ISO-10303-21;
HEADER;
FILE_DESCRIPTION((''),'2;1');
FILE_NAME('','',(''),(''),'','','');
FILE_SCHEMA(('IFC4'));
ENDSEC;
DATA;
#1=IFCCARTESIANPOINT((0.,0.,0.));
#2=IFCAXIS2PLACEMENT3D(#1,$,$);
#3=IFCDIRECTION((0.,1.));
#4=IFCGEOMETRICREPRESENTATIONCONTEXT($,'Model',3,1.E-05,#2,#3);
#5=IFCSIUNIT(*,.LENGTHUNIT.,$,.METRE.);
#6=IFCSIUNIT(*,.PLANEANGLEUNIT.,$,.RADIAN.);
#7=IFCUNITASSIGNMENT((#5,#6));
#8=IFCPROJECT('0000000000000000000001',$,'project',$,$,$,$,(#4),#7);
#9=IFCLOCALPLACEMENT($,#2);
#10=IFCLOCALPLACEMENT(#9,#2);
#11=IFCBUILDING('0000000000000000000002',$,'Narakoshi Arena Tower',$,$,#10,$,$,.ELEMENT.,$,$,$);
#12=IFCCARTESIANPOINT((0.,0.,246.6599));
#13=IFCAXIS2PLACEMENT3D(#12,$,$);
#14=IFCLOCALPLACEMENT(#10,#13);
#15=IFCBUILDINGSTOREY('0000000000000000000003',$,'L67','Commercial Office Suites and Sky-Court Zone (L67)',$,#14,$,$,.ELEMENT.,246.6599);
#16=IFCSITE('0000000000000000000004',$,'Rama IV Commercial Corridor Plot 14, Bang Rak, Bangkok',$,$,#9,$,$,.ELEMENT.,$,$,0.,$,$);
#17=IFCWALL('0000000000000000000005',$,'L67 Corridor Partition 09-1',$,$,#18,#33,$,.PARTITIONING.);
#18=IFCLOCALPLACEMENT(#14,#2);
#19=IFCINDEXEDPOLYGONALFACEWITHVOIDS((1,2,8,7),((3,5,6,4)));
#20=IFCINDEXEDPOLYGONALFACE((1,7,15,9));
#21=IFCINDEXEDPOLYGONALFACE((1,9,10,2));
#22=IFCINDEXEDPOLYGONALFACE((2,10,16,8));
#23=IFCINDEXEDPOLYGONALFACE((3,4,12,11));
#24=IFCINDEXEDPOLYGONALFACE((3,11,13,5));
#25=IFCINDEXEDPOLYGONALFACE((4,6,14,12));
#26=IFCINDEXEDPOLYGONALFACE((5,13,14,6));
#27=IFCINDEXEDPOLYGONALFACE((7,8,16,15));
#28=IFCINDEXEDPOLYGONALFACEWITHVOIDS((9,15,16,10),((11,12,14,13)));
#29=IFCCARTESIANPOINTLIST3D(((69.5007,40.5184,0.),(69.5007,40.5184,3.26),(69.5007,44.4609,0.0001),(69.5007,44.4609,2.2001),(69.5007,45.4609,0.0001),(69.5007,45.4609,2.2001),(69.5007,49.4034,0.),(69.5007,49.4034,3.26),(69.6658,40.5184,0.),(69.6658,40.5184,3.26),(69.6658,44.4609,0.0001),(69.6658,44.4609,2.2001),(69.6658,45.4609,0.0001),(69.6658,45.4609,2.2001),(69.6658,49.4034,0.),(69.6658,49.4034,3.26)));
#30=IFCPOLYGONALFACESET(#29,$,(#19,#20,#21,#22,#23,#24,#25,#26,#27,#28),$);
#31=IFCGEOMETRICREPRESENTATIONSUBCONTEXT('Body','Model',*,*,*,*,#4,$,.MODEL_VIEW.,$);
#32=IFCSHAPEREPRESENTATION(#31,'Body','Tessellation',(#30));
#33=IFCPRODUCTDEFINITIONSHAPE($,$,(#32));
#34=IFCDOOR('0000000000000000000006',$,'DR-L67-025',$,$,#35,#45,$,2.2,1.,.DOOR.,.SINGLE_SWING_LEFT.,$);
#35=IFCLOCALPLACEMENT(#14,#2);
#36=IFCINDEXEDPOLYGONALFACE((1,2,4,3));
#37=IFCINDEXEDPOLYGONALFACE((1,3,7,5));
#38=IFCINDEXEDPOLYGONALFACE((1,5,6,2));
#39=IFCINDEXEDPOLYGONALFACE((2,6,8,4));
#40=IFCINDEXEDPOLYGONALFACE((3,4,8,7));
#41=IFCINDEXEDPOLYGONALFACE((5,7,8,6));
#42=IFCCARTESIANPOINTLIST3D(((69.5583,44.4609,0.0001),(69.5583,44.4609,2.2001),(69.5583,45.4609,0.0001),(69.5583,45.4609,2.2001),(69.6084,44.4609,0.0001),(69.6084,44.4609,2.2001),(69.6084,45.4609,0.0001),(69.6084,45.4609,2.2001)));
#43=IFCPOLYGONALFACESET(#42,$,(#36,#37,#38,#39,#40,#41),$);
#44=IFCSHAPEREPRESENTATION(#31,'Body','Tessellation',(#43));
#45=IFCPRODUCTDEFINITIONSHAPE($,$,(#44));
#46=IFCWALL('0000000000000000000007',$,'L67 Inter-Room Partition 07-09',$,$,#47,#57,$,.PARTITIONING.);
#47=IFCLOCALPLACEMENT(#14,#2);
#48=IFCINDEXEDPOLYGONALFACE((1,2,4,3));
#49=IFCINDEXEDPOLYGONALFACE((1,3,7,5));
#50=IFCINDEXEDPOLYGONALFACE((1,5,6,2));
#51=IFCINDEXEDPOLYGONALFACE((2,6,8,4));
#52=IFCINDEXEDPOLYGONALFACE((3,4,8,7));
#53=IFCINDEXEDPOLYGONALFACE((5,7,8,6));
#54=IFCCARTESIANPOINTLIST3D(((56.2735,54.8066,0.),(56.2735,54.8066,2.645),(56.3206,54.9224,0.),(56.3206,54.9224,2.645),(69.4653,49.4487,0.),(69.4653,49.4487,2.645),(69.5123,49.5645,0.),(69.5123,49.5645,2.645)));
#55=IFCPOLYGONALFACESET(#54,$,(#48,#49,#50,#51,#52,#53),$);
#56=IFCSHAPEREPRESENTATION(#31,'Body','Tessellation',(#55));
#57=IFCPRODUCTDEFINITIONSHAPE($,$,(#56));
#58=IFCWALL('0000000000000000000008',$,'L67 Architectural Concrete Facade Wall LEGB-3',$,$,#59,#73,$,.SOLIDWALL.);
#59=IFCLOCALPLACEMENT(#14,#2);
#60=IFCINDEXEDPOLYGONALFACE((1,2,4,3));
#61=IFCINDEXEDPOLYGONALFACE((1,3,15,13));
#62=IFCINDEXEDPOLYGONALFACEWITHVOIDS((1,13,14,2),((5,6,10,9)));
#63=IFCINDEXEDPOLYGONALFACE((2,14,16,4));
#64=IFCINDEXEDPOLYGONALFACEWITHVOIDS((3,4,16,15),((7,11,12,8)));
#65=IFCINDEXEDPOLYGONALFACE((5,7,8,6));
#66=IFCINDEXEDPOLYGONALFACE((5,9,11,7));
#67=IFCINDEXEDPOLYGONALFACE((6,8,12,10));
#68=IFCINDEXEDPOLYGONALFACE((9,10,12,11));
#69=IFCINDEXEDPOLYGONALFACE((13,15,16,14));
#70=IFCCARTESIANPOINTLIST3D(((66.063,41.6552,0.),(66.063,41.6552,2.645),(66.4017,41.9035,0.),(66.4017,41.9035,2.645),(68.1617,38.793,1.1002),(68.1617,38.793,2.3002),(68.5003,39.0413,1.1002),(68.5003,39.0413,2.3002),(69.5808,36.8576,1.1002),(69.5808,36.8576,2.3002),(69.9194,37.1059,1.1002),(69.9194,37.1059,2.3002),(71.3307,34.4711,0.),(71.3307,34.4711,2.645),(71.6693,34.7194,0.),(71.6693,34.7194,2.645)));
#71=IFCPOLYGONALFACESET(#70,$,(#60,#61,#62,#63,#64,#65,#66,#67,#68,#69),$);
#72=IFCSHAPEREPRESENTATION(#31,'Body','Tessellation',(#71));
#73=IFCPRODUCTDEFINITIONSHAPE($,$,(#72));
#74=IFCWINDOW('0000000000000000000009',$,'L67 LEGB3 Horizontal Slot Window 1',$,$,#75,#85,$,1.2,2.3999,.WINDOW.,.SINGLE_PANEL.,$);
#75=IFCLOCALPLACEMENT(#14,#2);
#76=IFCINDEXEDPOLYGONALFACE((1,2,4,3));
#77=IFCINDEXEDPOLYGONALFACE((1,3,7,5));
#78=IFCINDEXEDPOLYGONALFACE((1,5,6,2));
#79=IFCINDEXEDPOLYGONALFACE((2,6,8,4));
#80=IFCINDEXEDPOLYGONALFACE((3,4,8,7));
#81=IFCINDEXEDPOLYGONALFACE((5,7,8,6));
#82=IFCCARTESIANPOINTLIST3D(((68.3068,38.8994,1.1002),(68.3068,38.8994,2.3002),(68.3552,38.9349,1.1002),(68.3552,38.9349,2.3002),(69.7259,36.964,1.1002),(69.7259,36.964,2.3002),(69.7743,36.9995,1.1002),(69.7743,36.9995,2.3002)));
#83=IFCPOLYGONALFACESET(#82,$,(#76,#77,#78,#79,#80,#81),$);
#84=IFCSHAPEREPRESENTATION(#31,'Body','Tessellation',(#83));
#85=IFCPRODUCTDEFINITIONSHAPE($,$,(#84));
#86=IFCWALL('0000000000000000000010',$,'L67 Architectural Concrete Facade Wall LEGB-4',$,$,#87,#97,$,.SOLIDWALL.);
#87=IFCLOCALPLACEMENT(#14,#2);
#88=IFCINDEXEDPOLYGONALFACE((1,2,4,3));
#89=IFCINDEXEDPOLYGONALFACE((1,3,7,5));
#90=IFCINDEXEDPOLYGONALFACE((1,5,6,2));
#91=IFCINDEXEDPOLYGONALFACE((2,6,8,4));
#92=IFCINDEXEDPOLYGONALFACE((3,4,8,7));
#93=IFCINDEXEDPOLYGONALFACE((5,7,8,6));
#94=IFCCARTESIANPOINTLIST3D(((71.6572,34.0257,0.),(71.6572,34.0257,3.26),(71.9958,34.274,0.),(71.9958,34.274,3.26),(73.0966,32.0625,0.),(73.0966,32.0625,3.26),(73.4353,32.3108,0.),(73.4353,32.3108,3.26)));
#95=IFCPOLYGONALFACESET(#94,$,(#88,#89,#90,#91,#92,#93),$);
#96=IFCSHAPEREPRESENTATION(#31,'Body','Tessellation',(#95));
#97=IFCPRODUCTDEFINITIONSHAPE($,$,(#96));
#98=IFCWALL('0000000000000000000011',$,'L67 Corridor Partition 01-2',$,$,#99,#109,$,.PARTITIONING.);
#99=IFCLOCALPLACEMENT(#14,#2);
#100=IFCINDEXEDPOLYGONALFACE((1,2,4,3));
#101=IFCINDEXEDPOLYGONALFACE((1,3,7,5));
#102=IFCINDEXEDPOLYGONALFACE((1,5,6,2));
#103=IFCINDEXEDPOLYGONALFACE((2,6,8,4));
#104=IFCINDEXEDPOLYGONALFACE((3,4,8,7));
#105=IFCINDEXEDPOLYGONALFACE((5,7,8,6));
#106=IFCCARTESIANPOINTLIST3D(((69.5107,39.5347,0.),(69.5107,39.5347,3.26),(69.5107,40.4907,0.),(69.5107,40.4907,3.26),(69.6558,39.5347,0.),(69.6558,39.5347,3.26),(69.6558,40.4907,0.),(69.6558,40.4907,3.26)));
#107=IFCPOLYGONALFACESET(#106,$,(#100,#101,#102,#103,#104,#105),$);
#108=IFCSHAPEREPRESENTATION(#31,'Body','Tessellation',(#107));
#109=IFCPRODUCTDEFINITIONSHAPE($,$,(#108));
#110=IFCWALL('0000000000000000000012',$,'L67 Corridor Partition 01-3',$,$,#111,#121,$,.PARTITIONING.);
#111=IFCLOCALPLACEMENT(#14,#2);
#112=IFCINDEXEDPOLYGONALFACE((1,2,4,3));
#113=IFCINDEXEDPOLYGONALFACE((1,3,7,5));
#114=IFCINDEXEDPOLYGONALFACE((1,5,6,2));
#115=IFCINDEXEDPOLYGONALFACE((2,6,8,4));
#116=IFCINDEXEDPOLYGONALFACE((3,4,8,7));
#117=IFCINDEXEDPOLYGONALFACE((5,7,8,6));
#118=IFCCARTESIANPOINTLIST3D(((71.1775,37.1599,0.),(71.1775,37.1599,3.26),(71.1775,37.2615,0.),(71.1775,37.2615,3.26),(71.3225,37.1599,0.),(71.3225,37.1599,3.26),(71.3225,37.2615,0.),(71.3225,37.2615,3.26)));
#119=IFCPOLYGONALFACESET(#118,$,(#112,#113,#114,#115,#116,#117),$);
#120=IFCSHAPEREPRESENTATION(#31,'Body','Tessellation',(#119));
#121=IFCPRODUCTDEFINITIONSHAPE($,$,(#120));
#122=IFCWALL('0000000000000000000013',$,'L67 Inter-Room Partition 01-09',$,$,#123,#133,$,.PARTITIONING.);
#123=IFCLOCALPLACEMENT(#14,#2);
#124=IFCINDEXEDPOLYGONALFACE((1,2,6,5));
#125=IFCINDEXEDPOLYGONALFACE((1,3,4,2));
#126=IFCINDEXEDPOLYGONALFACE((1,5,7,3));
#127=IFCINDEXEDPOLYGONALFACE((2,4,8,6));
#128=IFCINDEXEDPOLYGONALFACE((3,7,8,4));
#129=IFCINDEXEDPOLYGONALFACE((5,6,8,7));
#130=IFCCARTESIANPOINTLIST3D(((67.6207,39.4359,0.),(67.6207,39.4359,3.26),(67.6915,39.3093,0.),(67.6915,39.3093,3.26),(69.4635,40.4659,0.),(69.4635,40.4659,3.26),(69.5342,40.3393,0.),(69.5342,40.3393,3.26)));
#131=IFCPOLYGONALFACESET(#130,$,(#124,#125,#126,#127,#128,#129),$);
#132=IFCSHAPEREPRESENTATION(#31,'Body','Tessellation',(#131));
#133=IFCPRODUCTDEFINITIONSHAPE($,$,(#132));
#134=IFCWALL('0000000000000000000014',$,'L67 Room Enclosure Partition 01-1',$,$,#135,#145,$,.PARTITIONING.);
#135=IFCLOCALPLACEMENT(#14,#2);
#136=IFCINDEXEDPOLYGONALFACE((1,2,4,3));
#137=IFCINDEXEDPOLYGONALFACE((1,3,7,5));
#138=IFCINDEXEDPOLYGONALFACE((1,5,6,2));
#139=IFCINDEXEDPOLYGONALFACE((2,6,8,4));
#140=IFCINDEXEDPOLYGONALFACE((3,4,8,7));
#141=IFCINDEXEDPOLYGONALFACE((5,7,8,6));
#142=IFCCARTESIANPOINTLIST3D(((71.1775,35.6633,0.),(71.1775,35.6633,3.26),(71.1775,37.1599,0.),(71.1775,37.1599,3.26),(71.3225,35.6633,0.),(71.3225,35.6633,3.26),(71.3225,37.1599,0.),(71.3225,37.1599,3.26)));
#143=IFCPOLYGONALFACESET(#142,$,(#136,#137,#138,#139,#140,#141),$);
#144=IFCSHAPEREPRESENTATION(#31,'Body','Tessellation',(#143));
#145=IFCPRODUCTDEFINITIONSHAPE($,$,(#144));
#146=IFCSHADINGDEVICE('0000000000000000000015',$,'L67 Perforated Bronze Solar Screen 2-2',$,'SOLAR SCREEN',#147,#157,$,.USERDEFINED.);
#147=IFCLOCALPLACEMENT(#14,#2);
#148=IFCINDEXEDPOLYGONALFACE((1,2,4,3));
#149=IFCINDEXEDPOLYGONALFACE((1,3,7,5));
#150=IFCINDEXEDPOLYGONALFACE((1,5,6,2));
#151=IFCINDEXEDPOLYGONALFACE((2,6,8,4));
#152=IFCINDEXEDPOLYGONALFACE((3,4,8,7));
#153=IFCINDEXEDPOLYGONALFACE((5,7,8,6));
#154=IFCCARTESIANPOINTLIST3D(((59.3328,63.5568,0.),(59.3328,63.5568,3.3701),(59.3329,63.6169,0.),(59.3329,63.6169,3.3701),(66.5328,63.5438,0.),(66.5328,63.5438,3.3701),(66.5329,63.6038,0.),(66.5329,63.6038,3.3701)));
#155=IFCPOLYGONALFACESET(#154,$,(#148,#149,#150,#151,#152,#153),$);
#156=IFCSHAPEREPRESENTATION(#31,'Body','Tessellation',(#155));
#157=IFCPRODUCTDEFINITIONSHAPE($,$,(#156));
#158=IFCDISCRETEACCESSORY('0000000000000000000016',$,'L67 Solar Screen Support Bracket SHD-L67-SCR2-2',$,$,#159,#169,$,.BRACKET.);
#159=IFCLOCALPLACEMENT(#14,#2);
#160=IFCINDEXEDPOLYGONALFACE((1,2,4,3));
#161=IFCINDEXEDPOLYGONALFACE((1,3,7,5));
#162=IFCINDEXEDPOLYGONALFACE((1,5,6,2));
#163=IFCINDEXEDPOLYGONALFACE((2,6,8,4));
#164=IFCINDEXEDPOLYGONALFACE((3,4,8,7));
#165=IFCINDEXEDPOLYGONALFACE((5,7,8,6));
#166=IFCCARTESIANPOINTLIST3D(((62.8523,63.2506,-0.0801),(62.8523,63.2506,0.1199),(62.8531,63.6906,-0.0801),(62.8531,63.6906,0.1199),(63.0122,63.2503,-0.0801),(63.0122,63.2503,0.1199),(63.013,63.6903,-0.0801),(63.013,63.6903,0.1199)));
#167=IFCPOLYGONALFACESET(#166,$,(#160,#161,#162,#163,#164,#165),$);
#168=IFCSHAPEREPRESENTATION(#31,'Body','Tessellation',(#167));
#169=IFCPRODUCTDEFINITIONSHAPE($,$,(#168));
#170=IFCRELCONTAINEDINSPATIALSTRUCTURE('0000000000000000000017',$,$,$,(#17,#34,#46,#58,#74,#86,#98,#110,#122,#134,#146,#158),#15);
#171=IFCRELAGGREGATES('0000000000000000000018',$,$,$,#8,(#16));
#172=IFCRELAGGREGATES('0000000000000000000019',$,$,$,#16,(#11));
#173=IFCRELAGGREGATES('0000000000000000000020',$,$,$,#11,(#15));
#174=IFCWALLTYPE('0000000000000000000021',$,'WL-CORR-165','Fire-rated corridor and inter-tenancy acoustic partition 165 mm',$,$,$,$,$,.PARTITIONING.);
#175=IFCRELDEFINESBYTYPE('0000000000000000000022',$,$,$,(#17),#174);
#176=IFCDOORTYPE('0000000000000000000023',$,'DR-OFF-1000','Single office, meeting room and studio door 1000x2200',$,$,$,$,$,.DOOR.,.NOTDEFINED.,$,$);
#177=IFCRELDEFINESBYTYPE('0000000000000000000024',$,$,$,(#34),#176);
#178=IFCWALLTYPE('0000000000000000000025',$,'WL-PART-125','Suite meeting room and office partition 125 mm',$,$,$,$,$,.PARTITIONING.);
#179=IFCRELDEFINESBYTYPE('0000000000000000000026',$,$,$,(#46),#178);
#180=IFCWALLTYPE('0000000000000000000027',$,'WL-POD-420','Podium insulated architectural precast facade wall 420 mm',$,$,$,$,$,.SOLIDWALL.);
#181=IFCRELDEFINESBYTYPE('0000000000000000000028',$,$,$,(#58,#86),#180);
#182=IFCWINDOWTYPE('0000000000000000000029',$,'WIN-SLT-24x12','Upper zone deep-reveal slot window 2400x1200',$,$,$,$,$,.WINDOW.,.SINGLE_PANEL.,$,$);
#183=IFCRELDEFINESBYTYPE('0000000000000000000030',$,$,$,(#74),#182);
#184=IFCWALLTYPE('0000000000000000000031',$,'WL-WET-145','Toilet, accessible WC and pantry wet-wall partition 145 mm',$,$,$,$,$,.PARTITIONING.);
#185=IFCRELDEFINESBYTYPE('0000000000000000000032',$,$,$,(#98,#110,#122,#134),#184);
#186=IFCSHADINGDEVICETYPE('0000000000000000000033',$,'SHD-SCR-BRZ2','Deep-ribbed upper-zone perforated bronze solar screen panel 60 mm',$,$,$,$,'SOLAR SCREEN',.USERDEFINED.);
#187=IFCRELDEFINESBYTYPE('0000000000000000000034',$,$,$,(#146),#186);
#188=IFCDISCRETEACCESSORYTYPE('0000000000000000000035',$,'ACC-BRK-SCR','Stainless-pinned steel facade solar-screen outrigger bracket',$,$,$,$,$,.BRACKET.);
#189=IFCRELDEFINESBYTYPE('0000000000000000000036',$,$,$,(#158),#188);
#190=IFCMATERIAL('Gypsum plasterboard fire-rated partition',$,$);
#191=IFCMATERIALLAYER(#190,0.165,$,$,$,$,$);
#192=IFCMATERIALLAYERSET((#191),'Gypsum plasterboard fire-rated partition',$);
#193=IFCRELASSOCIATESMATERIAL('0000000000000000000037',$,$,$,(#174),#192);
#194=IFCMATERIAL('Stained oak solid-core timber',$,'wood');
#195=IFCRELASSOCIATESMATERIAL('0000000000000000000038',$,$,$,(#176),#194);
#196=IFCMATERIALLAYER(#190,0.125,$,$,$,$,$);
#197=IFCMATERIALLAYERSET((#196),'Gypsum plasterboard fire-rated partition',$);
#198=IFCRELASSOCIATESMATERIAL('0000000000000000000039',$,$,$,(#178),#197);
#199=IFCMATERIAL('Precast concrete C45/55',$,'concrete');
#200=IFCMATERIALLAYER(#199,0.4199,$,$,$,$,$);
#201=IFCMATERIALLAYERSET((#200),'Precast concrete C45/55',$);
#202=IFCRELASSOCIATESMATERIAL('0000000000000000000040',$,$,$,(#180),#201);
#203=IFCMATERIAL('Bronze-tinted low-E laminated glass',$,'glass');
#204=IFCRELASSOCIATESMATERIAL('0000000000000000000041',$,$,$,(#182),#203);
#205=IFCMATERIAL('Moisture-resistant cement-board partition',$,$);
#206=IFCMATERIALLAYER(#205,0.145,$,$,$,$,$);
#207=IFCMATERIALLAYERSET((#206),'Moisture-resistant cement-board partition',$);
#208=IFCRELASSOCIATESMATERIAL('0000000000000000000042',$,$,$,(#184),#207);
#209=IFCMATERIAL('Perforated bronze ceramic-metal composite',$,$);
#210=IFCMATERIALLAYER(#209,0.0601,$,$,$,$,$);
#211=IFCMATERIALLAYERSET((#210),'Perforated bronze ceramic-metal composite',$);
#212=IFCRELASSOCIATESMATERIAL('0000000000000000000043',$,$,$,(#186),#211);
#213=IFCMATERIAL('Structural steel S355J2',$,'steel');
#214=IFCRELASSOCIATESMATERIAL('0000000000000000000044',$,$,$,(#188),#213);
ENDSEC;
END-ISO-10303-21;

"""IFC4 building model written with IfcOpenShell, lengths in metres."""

from ifc_helpers import new_model, si_unit, direction, frame, frame_2d, origin, origin_2d, place, context, subcontext, project, spatial, rectangle, extrude, material, layer, layer_set, type_object, element, fill, save


model = new_model("IFC4")

# Units and contexts
model_context = context("Model", 3, precision=1e-05, world=origin(), true_north=direction((0.0, 1.0)))
body_context = subcontext(model_context, "Body", "Model", "MODEL_VIEW")
ifc_project = project(units=[si_unit("LENGTHUNIT", "METRE"), si_unit("PLANEANGLEUNIT", "RADIAN")], contexts=[model_context])

# Site, building, storey
site_placement = place(None, origin())
site = spatial("IfcSite", under=ifc_project, at=site_placement, Name="Rama IV Commercial Corridor Plot 14, Bang Rak, Bangkok", CompositionType="ELEMENT", RefElevation=0.0)
building_placement = place(site_placement, origin())
building = spatial("IfcBuilding", under=site, at=building_placement, Name="Narakoshi Arena Tower", CompositionType="ELEMENT")
storey_placement = place(building_placement, frame((0.0, 0.0, 246.6599)))
storey = spatial("IfcBuildingStorey", under=building, at=storey_placement, Name="L67", Description="Commercial Office Suites and Sky-Court Zone (L67)", CompositionType="ELEMENT", Elevation=246.6599)

# Shared definitions
ifc_material_1 = material(Name="Structural steel S355J2", Category="steel")

# Shared definitions
ifc_material_2 = material(Name="Bronze-tinted low-E laminated glass", Category="glass")

# Shared definitions
ifc_material_3 = material(Name="Gypsum plasterboard fire-rated partition")
ifc_layer_1 = layer(ifc_material_3, 0.165)
ifc_layer_set_1 = layer_set([ifc_layer_1], Name="Gypsum plasterboard fire-rated partition")
wall_type_1 = type_object("IfcWallType", Name="WL-CORR-165", Description="Fire-rated corridor and inter-tenancy acoustic partition 165 mm", PredefinedType="PARTITIONING", material=ifc_layer_set_1)
ifc_material_4 = material(Name="Stained oak solid-core timber", Category="wood")
door_type_1 = type_object("IfcDoorType", Name="DR-OFF-1000", Description="Single office, meeting room and studio door 1000x2200", OperationType="NOTDEFINED", PredefinedType="DOOR", material=ifc_material_4)

# Wall, opening, door
wall_1_placement = place(storey_placement, frame((69.5833, 49.4033, 0.0), z_axis=(0.0, 0.0, 1.0), x_axis=(0.0, -1.0, 0.0)))
wall_1 = element("IfcWall", 1, at=wall_1_placement, inside=storey, type_object=wall_type_1, Name="L67 Corridor Partition 09-1", PredefinedType="PARTITIONING", context=body_context, shape_type="SweptSolid", body=[
    extrude(rectangle(XDim=8.885, YDim=0.165, at=frame_2d((4.4424, 0.0))), origin(), (0.0, 0.0, 1.0), 3.26),
])
opening_1_placement = place(wall_1_placement, frame((3.9424, 0.0, 0.0)))
opening_1 = element("IfcOpeningElement", 2, at=opening_1_placement, cuts=wall_1, PredefinedType="OPENING", context=body_context, shape_type="SweptSolid", body=[
    extrude(rectangle(XDim=1.0, YDim=2.2, at=frame_2d((0.5, 1.1001))), frame((0.0, 0.0925, 0.0), z_axis=(0.0, -1.0, 0.0), x_axis=(1.0, 0.0, 0.0)), (0.0, 0.0, 1.0), 0.1851),
])
door_1_placement = place(opening_1_placement, frame((1.0, 0.0, 0.0), z_axis=(0.0, 0.0, 1.0), x_axis=(-1.0, 0.0, 0.0)))
door_1 = element("IfcDoor", 3, at=door_1_placement, inside=storey, type_object=door_type_1, Name="DR-L67-025", OperationType="SINGLE_SWING_LEFT", OverallHeight=2.2, OverallWidth=1.0, PredefinedType="DOOR", context=body_context, shape_type="SweptSolid", body=[
    extrude(rectangle(XDim=1.0, YDim=2.2, at=frame_2d((0.5, 1.1001))), frame((0.0, 0.0249, 0.0), z_axis=(0.0, -1.0, 0.0), x_axis=(1.0, 0.0, 0.0)), (0.0, 0.0, 1.0), 0.05),
])
fill(opening_1, door_1)

# Wall
ifc_layer_2 = layer(ifc_material_3, 0.125)
ifc_layer_set_2 = layer_set([ifc_layer_2], Name="Gypsum plasterboard fire-rated partition")
wall_type_2 = type_object("IfcWallType", Name="WL-PART-125", Description="Suite meeting room and office partition 125 mm", PredefinedType="PARTITIONING", material=ifc_layer_set_2)
wall_2_placement = place(storey_placement, frame((69.4888, 49.5066, 0.0), z_axis=(0.0, 0.0, 1.0), x_axis=(-0.926496, 0.376305, 0.0)))
element("IfcWall", 4, at=wall_2_placement, inside=storey, type_object=wall_type_2, Name="L67 Inter-Room Partition 07-09", PredefinedType="PARTITIONING", context=body_context, shape_type="SweptSolid", body=[
    extrude(rectangle(XDim=14.2383, YDim=0.125, at=frame_2d((7.1191, 0.0))), origin(), (0.0, 0.0, 1.0), 2.645),
])

# Wall, opening, window
ifc_material_5 = material(Name="Precast concrete C45/55", Category="concrete")
ifc_layer_3 = layer(ifc_material_5, 0.4199)
ifc_layer_set_3 = layer_set([ifc_layer_3], Name="Precast concrete C45/55")
wall_type_3 = type_object("IfcWallType", Name="WL-POD-420", Description="Podium insulated architectural precast facade wall 420 mm", PredefinedType="SOLIDWALL", material=ifc_layer_set_3)
wall_3_placement = place(storey_placement, frame((66.2324, 41.7793, 0.0), z_axis=(0.0, 0.0, 1.0), x_axis=(0.591309, -0.806445, 0.0)))
wall_3 = element("IfcWall", 5, at=wall_3_placement, inside=storey, type_object=wall_type_3, Name="L67 Architectural Concrete Facade Wall LEGB-3", PredefinedType="SOLIDWALL", context=body_context, shape_type="SweptSolid", body=[
    extrude(rectangle(XDim=8.9084, YDim=0.4199, at=frame_2d((4.4541, 0.0))), origin(), (0.0, 0.0, 1.0), 2.645),
])
opening_2_placement = place(wall_3_placement, frame((3.5491, 0.0, 1.1001)))
opening_2 = element("IfcOpeningElement", 6, at=opening_2_placement, cuts=wall_3, PredefinedType="OPENING", context=body_context, shape_type="SweptSolid", body=[
    extrude(rectangle(XDim=2.3999, YDim=1.2, at=frame_2d((1.2, 0.6001))), frame((0.0, 0.22, 0.0), z_axis=(0.0, -1.0, 0.0), x_axis=(1.0, 0.0, 0.0)), (0.0, 0.0, 1.0), 0.4399),
])
window_type = type_object("IfcWindowType", Name="WIN-SLT-24x12", Description="Upper zone deep-reveal slot window 2400x1200", PartitioningType="SINGLE_PANEL", PredefinedType="WINDOW", material=ifc_material_2)
window_placement = place(opening_2_placement, origin())
window = element("IfcWindow", 7, at=window_placement, inside=storey, type_object=window_type, Name="L67 LEGB3 Horizontal Slot Window 1", OverallHeight=1.2, OverallWidth=2.3999, PartitioningType="SINGLE_PANEL", PredefinedType="WINDOW", context=body_context, shape_type="SweptSolid", body=[
    extrude(rectangle(XDim=2.3999, YDim=1.2, at=frame_2d((1.2, 0.6001))), frame((0.0, 0.03, 0.0), z_axis=(0.0, -1.0, 0.0), x_axis=(1.0, 0.0, 0.0)), (0.0, 0.0, 1.0), 0.0601),
])
fill(opening_2, window)

# Wall
wall_4_placement = place(storey_placement, frame((71.8264, 34.1499, 0.0), z_axis=(0.0, 0.0, 1.0), x_axis=(0.591316, -0.80644, 0.0)))
element("IfcWall", 8, at=wall_4_placement, inside=storey, type_object=wall_type_3, Name="L67 Architectural Concrete Facade Wall LEGB-4", PredefinedType="SOLIDWALL", context=body_context, shape_type="SweptSolid", body=[
    extrude(rectangle(XDim=2.4343, YDim=0.4199, at=frame_2d((1.2173, 0.0))), origin(), (0.0, 0.0, 1.0), 3.26),
])

# Shared definitions
ifc_material_6 = material(Name="Moisture-resistant cement-board partition")
ifc_layer_4 = layer(ifc_material_6, 0.145)
ifc_layer_set_4 = layer_set([ifc_layer_4], Name="Moisture-resistant cement-board partition")
wall_type_4 = type_object("IfcWallType", Name="WL-WET-145", Description="Toilet, accessible WC and pantry wet-wall partition 145 mm", PredefinedType="PARTITIONING", material=ifc_layer_set_4)

# Walls
wall_5_placement = place(storey_placement, frame((69.5833, 40.4907, 0.0), z_axis=(0.0, 0.0, 1.0), x_axis=(0.0, -1.0, 0.0)))
element("IfcWall", 9, at=wall_5_placement, inside=storey, type_object=wall_type_4, Name="L67 Corridor Partition 01-2", PredefinedType="PARTITIONING", context=body_context, shape_type="SweptSolid", body=[
    extrude(rectangle(XDim=0.9561, YDim=0.145, at=frame_2d((0.478, 0.0))), origin(), (0.0, 0.0, 1.0), 3.26),
])
wall_6_placement = place(storey_placement, frame((71.25, 37.2615, 0.0), z_axis=(0.0, 0.0, 1.0), x_axis=(0.0, -1.0, 0.0)))
element("IfcWall", 10, at=wall_6_placement, inside=storey, type_object=wall_type_4, Name="L67 Corridor Partition 01-3", PredefinedType="PARTITIONING", context=body_context, shape_type="SweptSolid", body=[
    extrude(rectangle(XDim=0.1016, YDim=0.145, at=frame_2d((0.0508, 0.0))), origin(), (0.0, 0.0, 1.0), 3.26),
])
wall_7_placement = place(storey_placement, frame((67.656, 39.3726, 0.0), z_axis=(0.0, 0.0, 1.0), x_axis=(0.872894, 0.487909, 0.0)))
element("IfcWall", 11, at=wall_7_placement, inside=storey, type_object=wall_type_4, Name="L67 Inter-Room Partition 01-09", PredefinedType="PARTITIONING", context=body_context, shape_type="SweptSolid", body=[
    extrude(rectangle(XDim=2.1111, YDim=0.145, at=frame_2d((1.0557, 0.0))), origin(), (0.0, 0.0, 1.0), 3.26),
])
wall_8_placement = place(storey_placement, frame((71.25, 37.1599, 0.0), z_axis=(0.0, 0.0, 1.0), x_axis=(0.0, -1.0, 0.0)))
element("IfcWall", 12, at=wall_8_placement, inside=storey, type_object=wall_type_4, Name="L67 Room Enclosure Partition 01-1", PredefinedType="PARTITIONING", context=body_context, shape_type="SweptSolid", body=[
    extrude(rectangle(XDim=1.4966, YDim=0.145, at=frame_2d((0.7483, 0.0))), origin(), (0.0, 0.0, 1.0), 3.26),
])

# Shading device
ifc_material_7 = material(Name="Perforated bronze ceramic-metal composite")
ifc_layer_5 = layer(ifc_material_7, 0.0601)
ifc_layer_set_5 = layer_set([ifc_layer_5], Name="Perforated bronze ceramic-metal composite")
shading_device_type = type_object("IfcShadingDeviceType", Name="SHD-SCR-BRZ2", Description="Deep-ribbed upper-zone perforated bronze solar screen panel 60 mm", ElementType="SOLAR SCREEN", PredefinedType="USERDEFINED", material=ifc_layer_set_5)
shading_device_placement = place(storey_placement, frame((62.9329, 63.5803, 0.0), z_axis=(0.0, 0.0, 1.0), x_axis=(-0.999998, 0.001815, 0.0)))
element("IfcShadingDevice", 13, at=shading_device_placement, inside=storey, type_object=shading_device_type, Name="L67 Perforated Bronze Solar Screen 2-2", ObjectType="SOLAR SCREEN", PredefinedType="USERDEFINED", context=body_context, shape_type="SweptSolid", body=[
    extrude(rectangle(XDim=7.2, YDim=0.0601, at=origin_2d()), origin(), (0.0, 0.0, 1.0), 3.3701),
])

# Discrete accessory
discrete_accessory_type = type_object("IfcDiscreteAccessoryType", Name="ACC-BRK-SCR", Description="Stainless-pinned steel facade solar-screen outrigger bracket", PredefinedType="BRACKET", material=ifc_material_1)
discrete_accessory_placement = place(storey_placement, frame((62.9326, 63.4705, -0.0801), z_axis=(0.0, 0.0, 1.0), x_axis=(-0.999998, 0.001815, 0.0)))
element("IfcDiscreteAccessory", 14, at=discrete_accessory_placement, inside=storey, type_object=discrete_accessory_type, Name="L67 Solar Screen Support Bracket SHD-L67-SCR2-2", PredefinedType="BRACKET", context=body_context, shape_type="SweptSolid", body=[
    extrude(rectangle(XDim=0.1599, YDim=0.4399, at=origin_2d()), origin(), (0.0, 0.0, 1.0), 0.2),
])

save(model, "model.ifc")
